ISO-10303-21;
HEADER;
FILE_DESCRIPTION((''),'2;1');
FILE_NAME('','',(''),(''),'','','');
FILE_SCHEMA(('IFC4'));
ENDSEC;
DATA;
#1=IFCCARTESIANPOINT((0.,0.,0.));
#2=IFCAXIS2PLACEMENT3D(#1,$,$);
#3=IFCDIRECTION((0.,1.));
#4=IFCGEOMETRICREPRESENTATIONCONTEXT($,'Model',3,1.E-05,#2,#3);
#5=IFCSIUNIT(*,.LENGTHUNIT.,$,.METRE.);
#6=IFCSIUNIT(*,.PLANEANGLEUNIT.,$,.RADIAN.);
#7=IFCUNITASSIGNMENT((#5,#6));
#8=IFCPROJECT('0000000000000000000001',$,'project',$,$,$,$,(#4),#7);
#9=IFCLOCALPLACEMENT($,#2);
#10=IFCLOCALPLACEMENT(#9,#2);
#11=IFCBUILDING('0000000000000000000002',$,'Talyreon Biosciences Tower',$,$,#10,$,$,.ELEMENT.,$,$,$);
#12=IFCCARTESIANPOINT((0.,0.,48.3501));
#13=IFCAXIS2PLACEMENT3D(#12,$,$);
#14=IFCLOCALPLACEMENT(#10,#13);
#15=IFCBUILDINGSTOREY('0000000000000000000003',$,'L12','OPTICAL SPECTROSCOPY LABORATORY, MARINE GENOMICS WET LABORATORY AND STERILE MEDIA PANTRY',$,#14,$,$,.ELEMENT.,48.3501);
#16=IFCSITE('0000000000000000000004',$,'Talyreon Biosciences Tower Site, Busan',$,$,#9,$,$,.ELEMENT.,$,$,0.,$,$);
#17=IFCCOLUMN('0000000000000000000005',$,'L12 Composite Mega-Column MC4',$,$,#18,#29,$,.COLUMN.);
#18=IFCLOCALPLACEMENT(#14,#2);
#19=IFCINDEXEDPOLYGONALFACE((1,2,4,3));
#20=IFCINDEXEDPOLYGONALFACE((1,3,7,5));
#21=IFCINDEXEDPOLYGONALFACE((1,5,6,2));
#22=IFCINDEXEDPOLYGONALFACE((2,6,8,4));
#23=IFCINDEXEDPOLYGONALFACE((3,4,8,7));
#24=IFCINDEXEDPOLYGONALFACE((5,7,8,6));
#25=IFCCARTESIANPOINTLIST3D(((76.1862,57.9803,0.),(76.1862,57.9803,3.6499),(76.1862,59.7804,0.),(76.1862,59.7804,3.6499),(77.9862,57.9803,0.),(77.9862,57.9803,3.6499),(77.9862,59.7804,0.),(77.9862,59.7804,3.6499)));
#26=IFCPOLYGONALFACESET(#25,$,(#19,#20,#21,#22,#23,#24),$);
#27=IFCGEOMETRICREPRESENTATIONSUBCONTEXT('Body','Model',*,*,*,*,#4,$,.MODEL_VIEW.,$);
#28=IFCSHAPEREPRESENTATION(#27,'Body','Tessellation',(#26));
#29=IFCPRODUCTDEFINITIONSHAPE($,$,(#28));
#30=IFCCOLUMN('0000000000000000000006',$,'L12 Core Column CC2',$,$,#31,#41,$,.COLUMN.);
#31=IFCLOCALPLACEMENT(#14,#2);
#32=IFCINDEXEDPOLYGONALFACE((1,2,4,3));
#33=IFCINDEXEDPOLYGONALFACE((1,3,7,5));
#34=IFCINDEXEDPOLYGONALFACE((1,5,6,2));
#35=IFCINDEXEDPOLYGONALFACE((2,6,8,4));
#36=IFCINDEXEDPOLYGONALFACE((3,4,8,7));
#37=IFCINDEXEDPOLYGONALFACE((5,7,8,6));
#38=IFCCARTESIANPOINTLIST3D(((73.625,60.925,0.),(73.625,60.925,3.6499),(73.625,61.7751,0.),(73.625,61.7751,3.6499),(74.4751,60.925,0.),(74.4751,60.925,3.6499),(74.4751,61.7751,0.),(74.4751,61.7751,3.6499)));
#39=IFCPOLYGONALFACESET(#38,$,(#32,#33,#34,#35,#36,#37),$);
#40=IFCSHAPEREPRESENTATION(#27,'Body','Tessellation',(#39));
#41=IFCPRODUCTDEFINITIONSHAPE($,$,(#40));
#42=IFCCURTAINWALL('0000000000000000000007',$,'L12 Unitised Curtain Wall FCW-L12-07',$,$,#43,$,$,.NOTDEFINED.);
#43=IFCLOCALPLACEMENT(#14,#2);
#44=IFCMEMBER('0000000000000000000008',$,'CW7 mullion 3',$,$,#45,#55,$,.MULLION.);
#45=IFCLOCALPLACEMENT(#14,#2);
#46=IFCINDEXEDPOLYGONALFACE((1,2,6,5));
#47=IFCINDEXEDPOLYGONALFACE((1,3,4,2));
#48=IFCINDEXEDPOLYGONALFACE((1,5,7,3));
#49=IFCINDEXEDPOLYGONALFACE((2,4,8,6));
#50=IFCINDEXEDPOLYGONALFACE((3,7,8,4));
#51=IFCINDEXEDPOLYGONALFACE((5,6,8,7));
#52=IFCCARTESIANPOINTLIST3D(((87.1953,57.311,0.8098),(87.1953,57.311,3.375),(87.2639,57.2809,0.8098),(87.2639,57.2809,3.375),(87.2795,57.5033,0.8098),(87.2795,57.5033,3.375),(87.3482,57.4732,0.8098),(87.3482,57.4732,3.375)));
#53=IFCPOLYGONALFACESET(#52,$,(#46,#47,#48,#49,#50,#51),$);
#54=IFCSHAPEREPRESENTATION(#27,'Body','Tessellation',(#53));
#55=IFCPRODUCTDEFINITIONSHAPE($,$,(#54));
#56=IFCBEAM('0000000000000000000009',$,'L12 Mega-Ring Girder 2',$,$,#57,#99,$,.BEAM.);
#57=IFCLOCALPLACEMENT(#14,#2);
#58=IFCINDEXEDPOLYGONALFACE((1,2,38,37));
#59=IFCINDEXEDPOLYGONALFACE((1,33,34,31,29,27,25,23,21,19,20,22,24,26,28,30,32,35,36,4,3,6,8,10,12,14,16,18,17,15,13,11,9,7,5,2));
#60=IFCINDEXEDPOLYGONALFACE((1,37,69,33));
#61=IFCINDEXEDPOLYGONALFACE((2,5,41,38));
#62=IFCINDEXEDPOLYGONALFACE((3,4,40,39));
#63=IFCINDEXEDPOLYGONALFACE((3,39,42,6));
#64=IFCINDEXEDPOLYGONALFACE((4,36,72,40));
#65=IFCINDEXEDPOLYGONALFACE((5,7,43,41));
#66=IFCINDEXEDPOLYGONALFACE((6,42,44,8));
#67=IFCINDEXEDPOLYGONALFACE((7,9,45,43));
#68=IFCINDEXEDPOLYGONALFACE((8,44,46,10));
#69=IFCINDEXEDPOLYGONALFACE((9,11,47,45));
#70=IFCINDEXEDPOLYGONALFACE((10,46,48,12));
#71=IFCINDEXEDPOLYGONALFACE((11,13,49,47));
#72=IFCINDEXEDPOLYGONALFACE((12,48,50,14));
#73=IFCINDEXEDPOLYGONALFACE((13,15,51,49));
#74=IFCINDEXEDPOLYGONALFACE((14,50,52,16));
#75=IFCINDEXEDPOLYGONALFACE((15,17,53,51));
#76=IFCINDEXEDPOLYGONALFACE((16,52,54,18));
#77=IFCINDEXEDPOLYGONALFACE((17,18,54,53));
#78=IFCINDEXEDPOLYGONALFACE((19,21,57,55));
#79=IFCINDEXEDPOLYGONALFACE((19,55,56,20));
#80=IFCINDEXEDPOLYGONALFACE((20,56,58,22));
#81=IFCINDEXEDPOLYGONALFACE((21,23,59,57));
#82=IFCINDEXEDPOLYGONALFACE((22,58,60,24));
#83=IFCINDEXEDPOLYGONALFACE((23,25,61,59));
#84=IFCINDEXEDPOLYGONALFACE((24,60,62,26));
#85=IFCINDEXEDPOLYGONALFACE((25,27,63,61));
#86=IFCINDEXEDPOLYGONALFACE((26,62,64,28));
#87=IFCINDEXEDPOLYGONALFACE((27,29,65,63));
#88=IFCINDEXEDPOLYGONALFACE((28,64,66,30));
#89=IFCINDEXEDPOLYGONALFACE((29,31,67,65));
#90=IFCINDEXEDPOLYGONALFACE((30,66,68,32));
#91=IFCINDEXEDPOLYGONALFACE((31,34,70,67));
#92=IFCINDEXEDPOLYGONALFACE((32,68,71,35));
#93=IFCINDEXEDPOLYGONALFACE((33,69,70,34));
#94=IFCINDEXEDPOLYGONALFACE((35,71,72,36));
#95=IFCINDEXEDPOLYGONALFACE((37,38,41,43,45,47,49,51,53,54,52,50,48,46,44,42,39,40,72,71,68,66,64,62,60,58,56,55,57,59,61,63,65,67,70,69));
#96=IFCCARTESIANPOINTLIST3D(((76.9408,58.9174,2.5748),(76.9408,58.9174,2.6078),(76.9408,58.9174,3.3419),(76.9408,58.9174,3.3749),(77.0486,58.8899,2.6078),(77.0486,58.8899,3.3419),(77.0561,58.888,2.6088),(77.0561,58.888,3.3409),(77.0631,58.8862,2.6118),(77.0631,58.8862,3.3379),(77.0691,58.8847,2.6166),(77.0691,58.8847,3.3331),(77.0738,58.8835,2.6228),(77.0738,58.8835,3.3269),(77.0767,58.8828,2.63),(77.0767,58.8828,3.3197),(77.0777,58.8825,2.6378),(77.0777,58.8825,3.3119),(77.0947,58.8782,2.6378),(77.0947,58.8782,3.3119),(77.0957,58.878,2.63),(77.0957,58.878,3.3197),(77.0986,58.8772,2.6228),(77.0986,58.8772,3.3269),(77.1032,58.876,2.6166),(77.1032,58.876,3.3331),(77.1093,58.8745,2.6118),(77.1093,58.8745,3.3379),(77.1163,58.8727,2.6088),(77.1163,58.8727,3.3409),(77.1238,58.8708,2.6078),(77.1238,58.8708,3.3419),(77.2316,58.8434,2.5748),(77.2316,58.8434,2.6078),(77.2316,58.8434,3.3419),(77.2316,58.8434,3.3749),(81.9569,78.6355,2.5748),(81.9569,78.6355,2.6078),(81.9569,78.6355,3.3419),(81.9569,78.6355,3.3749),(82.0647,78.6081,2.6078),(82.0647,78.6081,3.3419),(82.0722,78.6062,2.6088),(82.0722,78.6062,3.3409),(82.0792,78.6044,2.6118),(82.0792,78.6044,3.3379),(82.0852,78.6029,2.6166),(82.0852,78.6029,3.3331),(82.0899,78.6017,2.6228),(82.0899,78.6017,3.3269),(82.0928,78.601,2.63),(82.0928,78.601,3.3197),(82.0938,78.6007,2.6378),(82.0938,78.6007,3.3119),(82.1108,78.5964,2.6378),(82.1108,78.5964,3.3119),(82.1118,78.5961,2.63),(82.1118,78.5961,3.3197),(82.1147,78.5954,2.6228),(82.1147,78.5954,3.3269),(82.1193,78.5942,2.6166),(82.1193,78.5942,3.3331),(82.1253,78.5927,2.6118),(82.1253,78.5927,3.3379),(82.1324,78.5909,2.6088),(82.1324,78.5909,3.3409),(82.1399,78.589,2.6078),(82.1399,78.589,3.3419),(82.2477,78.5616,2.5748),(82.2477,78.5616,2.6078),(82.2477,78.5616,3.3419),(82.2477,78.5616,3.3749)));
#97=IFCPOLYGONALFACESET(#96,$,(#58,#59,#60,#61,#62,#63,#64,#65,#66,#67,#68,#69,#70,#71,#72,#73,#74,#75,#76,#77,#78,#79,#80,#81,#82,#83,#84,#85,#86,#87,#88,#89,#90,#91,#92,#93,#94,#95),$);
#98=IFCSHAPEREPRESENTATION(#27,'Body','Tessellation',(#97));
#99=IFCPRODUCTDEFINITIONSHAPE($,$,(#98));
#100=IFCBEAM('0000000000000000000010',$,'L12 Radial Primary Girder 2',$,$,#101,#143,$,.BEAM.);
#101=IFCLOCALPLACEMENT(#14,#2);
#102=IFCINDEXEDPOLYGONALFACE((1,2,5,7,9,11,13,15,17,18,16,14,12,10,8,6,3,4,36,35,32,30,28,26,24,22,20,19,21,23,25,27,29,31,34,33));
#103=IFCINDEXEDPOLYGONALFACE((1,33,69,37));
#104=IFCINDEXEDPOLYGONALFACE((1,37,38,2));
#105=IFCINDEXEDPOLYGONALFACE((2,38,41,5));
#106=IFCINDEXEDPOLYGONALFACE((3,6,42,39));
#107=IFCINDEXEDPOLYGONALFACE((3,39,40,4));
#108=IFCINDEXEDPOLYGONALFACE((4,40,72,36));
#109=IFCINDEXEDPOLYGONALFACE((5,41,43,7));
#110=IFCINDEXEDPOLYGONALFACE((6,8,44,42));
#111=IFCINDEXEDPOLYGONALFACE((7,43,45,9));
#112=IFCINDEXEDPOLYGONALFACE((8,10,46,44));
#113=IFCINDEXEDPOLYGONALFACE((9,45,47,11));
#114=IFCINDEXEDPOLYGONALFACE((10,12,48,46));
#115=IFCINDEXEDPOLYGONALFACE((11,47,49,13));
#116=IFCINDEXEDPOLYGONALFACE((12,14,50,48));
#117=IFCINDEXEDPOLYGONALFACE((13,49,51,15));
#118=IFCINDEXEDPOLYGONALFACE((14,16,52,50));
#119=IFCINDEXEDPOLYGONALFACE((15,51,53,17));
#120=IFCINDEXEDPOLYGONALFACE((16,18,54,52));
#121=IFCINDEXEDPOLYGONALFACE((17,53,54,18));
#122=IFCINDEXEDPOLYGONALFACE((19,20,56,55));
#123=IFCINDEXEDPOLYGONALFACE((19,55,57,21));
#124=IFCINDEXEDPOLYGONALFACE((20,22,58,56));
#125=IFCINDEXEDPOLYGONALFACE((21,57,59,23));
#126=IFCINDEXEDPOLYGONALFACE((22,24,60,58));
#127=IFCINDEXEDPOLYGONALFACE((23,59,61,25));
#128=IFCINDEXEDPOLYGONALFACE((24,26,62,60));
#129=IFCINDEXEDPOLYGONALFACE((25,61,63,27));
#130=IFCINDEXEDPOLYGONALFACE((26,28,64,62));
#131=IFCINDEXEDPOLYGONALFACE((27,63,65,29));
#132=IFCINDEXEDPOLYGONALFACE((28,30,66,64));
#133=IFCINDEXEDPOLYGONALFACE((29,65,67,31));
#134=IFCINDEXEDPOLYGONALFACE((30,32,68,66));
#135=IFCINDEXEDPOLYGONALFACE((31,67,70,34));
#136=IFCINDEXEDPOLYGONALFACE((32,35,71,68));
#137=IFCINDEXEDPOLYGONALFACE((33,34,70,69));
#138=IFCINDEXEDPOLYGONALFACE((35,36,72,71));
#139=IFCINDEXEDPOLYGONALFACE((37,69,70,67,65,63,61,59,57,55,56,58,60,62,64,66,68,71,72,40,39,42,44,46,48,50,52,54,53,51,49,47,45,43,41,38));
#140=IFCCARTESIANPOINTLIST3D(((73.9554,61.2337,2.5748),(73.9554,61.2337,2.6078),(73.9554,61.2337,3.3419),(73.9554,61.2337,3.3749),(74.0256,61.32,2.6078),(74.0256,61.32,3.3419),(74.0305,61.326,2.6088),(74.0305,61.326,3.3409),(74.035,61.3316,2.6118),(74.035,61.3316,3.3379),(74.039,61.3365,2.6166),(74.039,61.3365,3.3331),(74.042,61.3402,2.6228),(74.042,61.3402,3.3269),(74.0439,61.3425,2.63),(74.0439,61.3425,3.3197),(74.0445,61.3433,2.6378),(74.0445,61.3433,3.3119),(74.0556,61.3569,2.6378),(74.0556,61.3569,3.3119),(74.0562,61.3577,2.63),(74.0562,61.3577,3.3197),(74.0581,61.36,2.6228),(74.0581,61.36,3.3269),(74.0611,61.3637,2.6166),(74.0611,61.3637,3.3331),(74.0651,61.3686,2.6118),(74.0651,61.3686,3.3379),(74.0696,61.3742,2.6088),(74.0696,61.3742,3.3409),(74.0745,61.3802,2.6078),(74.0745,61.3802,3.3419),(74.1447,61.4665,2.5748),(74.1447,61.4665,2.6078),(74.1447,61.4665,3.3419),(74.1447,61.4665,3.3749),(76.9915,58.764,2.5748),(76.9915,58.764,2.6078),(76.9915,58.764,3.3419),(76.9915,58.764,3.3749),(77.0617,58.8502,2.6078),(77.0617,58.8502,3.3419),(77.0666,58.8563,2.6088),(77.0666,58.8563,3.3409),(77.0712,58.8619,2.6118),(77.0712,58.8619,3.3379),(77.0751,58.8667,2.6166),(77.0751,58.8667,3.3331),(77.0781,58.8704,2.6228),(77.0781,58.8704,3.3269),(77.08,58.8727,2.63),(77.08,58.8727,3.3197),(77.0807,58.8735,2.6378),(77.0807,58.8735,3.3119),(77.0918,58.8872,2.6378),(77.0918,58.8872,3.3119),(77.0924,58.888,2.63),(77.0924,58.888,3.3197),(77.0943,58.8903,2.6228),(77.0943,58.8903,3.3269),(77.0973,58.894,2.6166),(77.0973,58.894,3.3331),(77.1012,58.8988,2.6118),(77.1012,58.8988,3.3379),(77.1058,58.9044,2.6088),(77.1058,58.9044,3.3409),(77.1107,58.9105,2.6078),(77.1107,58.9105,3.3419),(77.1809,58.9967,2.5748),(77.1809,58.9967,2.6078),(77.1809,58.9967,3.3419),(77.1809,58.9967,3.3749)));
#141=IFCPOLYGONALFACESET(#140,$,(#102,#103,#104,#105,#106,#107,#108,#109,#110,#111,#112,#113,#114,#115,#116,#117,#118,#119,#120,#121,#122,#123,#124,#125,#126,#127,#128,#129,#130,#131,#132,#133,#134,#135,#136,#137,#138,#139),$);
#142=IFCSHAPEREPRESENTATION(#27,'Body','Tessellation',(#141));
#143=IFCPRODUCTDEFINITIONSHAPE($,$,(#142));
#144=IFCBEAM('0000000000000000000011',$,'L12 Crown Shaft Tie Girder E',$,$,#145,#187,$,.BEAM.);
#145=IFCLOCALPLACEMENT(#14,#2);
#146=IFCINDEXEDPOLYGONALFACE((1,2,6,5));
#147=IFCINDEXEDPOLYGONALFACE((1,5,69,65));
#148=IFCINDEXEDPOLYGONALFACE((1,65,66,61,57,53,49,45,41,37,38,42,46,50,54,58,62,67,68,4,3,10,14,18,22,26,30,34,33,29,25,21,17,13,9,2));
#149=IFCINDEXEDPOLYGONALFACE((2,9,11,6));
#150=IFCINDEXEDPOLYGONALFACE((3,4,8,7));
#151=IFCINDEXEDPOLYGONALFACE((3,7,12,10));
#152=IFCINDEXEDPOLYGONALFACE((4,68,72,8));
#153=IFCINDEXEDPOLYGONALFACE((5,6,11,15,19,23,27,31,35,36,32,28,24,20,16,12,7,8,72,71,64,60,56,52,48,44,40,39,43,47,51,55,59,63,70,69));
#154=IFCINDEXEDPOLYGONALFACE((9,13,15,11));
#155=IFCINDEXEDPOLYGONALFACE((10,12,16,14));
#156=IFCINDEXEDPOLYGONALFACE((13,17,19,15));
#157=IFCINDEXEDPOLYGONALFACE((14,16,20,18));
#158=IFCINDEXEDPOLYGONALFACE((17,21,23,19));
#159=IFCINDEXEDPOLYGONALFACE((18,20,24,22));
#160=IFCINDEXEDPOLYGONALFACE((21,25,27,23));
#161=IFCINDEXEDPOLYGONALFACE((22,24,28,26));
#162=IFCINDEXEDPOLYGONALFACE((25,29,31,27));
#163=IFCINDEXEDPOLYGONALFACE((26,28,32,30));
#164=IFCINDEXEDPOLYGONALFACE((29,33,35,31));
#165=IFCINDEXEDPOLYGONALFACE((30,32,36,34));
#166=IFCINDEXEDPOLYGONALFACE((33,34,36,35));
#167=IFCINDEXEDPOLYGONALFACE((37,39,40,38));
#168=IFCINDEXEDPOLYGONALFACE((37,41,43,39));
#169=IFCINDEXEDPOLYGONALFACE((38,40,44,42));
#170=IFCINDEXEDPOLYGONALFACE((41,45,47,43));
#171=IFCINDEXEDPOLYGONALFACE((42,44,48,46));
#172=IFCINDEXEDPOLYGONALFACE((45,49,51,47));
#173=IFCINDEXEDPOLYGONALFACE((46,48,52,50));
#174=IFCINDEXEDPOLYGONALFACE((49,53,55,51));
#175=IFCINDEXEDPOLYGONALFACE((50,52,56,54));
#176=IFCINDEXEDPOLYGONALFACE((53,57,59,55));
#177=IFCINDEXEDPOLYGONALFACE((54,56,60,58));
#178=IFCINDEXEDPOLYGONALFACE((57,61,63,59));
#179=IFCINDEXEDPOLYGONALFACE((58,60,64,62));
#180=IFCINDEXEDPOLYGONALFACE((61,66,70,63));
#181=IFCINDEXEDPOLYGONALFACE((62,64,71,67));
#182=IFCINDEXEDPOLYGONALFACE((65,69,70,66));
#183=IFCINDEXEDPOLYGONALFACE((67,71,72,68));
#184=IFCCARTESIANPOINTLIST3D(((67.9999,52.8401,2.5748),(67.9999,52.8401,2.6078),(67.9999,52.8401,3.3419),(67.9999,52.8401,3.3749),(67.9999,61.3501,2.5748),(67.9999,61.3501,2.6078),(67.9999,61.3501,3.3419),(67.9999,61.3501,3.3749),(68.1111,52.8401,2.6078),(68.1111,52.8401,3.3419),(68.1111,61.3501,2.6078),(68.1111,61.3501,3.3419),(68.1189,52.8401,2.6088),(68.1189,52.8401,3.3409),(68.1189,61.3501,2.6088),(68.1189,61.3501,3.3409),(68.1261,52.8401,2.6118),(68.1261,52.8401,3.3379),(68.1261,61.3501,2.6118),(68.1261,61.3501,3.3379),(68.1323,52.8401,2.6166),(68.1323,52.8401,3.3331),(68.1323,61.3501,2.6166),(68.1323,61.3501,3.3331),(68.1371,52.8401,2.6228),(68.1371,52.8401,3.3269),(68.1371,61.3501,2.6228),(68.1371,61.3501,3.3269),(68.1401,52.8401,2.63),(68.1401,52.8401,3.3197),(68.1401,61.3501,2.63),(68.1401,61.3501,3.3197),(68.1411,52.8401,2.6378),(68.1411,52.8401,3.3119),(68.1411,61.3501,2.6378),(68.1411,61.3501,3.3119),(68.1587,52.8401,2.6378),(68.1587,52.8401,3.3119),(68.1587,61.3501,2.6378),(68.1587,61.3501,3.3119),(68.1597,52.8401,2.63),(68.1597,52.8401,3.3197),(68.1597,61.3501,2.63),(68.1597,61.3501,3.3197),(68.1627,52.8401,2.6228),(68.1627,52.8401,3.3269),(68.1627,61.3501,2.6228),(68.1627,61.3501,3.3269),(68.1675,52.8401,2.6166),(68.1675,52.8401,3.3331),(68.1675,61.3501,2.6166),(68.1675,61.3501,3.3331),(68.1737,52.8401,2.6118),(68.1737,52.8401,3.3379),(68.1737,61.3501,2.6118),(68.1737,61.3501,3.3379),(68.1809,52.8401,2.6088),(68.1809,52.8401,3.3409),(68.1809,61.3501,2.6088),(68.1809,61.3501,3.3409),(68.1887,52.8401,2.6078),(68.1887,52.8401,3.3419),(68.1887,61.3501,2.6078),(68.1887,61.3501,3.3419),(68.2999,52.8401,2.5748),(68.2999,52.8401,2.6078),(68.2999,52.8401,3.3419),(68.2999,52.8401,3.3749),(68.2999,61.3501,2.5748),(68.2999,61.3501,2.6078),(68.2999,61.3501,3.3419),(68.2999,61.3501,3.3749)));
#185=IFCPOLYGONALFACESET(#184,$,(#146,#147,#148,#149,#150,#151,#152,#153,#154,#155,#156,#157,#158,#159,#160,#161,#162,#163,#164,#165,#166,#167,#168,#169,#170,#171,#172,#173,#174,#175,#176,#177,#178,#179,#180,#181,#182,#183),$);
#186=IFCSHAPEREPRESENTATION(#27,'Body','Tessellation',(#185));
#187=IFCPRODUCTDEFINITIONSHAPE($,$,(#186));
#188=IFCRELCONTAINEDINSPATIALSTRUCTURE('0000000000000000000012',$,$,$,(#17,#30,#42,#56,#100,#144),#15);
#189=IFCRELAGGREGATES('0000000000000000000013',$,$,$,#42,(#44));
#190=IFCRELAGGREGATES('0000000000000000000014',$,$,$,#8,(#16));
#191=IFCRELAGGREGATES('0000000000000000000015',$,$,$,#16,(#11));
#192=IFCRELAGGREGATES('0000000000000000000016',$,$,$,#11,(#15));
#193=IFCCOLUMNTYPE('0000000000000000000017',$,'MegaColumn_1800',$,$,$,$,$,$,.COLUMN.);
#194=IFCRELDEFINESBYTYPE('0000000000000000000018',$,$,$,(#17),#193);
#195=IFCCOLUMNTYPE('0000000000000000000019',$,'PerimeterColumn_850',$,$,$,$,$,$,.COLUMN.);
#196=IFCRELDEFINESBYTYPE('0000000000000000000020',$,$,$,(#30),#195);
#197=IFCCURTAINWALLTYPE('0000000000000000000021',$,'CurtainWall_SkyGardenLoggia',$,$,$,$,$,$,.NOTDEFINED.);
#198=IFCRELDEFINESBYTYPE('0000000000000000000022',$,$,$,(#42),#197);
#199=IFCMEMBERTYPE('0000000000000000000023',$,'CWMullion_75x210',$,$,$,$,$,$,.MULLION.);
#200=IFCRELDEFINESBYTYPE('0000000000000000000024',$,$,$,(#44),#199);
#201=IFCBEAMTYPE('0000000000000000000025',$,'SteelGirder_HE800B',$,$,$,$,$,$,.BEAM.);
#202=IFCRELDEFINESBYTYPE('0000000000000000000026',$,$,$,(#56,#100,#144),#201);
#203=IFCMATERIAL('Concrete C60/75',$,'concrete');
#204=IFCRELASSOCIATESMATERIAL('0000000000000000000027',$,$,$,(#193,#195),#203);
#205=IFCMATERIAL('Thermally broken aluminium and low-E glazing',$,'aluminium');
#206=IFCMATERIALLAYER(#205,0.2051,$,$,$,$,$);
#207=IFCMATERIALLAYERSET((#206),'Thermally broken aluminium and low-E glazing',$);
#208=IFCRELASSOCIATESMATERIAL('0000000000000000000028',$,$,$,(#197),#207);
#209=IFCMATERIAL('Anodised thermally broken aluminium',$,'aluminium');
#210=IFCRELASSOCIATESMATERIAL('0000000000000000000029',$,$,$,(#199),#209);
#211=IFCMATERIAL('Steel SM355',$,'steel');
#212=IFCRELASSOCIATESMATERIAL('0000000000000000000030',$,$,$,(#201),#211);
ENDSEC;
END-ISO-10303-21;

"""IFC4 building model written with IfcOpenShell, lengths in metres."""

from ifc_helpers import new_model, si_unit, direction, frame, origin, origin_2d, place, context, subcontext, project, spatial, rectangle, i_section, extrude, material, layer, layer_set, material_profile, profile_set, type_object, element, aggregate, save


model = new_model("IFC4")

# Units and contexts
model_context = context("Model", 3, precision=1e-05, world=origin(), true_north=direction((0.0, 1.0)))
body_context = subcontext(model_context, "Body", "Model", "MODEL_VIEW")
ifc_project = project(units=[si_unit("LENGTHUNIT", "METRE"), si_unit("PLANEANGLEUNIT", "RADIAN")], contexts=[model_context])

# Site, building, storey
site_placement = place(None, origin())
site = spatial("IfcSite", under=ifc_project, at=site_placement, Name="Talyreon Biosciences Tower Site, Busan", CompositionType="ELEMENT", RefElevation=0.0)
building_placement = place(site_placement, origin())
building = spatial("IfcBuilding", under=site, at=building_placement, Name="Talyreon Biosciences Tower", CompositionType="ELEMENT")
storey_placement = place(building_placement, frame((0.0, 0.0, 48.3501)))
storey = spatial("IfcBuildingStorey", under=building, at=storey_placement, Name="L12", Description="OPTICAL SPECTROSCOPY LABORATORY, MARINE GENOMICS WET LABORATORY AND STERILE MEDIA PANTRY", CompositionType="ELEMENT", Elevation=48.3501)

# Columns
ifc_material_1 = material(Name="Concrete C60/75", Category="concrete")
ifc_material_profile_1 = material_profile(ifc_material_1, rectangle(XDim=1.8, YDim=1.8, at=origin_2d()), Name="RC 1800x1800")
ifc_profile_set_1 = profile_set([ifc_material_profile_1], Name="Concrete C60/75")
column_type_1 = type_object("IfcColumnType", Name="MegaColumn_1800", PredefinedType="COLUMN", material=ifc_profile_set_1)
column_1_placement = place(storey_placement, frame((77.0862, 58.8804, 0.0), z_axis=(0.0, 0.0, 1.0), x_axis=(1.0, 0.0, 0.0)))
element("IfcColumn", 1, at=column_1_placement, inside=storey, type_object=column_type_1, Name="L12 Composite Mega-Column MC4", PredefinedType="COLUMN", context=body_context, shape_type="SweptSolid", body=[
    extrude(rectangle(XDim=1.8, YDim=1.8, at=origin_2d()), origin(), (0.0, 0.0, 1.0), 3.6499),
])
ifc_material_profile_2 = material_profile(ifc_material_1, rectangle(XDim=0.8501, YDim=0.8501, at=origin_2d()), Name="RC 850x850")
ifc_profile_set_2 = profile_set([ifc_material_profile_2], Name="Concrete C60/75")
column_type_2 = type_object("IfcColumnType", Name="PerimeterColumn_850", PredefinedType="COLUMN", material=ifc_profile_set_2)
column_2_placement = place(storey_placement, frame((74.05, 61.3501, 0.0), z_axis=(0.0, 0.0, 1.0), x_axis=(1.0, 0.0, 0.0)))
element("IfcColumn", 2, at=column_2_placement, inside=storey, type_object=column_type_2, Name="L12 Core Column CC2", PredefinedType="COLUMN", context=body_context, shape_type="SweptSolid", body=[
    extrude(rectangle(XDim=0.8501, YDim=0.8501, at=origin_2d()), origin(), (0.0, 0.0, 1.0), 3.6499),
])

# Curtain wall, member
ifc_material_2 = material(Name="Thermally broken aluminium and low-E glazing", Category="aluminium")
ifc_layer_1 = layer(ifc_material_2, 0.2051)
ifc_layer_set_1 = layer_set([ifc_layer_1], Name="Thermally broken aluminium and low-E glazing")
curtain_wall_type = type_object("IfcCurtainWallType", Name="CurtainWall_SkyGardenLoggia", PredefinedType="NOTDEFINED", material=ifc_layer_set_1)
curtain_wall_placement = place(storey_placement, origin())
curtain_wall = element("IfcCurtainWall", 3, at=curtain_wall_placement, inside=storey, type_object=curtain_wall_type, Name="L12 Unitised Curtain Wall FCW-L12-07", PredefinedType="NOTDEFINED")
ifc_material_3 = material(Name="Anodised thermally broken aluminium", Category="aluminium")
ifc_material_profile_3 = material_profile(ifc_material_3, rectangle(XDim=0.075, YDim=0.21, at=origin_2d()), Name="ALUM MULLION 75x210")
ifc_profile_set_3 = profile_set([ifc_material_profile_3], Name="Anodised thermally broken aluminium")
member_type = type_object("IfcMemberType", Name="CWMullion_75x210", PredefinedType="MULLION", material=ifc_profile_set_3)
member_placement = place(storey_placement, frame((87.2717, 57.3921, 0.8098), z_axis=(0.0, 0.0, 1.0), x_axis=(0.916035, -0.401098, 0.0)))
member = element("IfcMember", 4, at=member_placement, type_object=member_type, Name="CW7 mullion 3", PredefinedType="MULLION", context=body_context, shape_type="SweptSolid", body=[
    extrude(rectangle(XDim=0.075, YDim=0.21, at=origin_2d()), origin(), (0.0, 0.0, 1.0), 2.5652),
])

# Beams
ifc_material_4 = material(Name="Steel SM355", Category="steel")
ifc_material_profile_4 = material_profile(ifc_material_4, i_section(OverallWidth=0.3, OverallDepth=0.8, WebThickness=0.0176, FlangeThickness=0.033, FilletRadius=0.03, at=origin_2d()), Name="HE800B")
ifc_profile_set_4 = profile_set([ifc_material_profile_4], Name="Steel SM355")
beam_type_1 = type_object("IfcBeamType", Name="SteelGirder_HE800B", PredefinedType="BEAM", material=ifc_profile_set_4)
beam_1_placement = place(storey_placement, frame((77.0862, 58.8804, 2.9749), z_axis=(0.246537, 0.969133, 0.0), x_axis=(-0.969133, 0.246537, 0.0)))
element("IfcBeam", 5, at=beam_1_placement, inside=storey, type_object=beam_type_1, Name="L12 Mega-Ring Girder 2", PredefinedType="BEAM", context=body_context, shape_type="SweptSolid", body=[
    extrude(i_section(OverallWidth=0.3, OverallDepth=0.8, WebThickness=0.0176, FlangeThickness=0.033, FilletRadius=0.03, at=origin_2d()), origin(), (0.0, 0.0, 1.0), 20.3462),
])
beam_2_placement = place(storey_placement, frame((74.05, 61.3501, 2.9749), z_axis=(0.775755, -0.631034, 0.0), x_axis=(0.631034, 0.775755, 0.0)))
element("IfcBeam", 6, at=beam_2_placement, inside=storey, type_object=beam_type_1, Name="L12 Radial Primary Girder 2", PredefinedType="BEAM", context=body_context, shape_type="SweptSolid", body=[
    extrude(i_section(OverallWidth=0.3, OverallDepth=0.8, WebThickness=0.0176, FlangeThickness=0.033, FilletRadius=0.03, at=origin_2d()), origin(), (0.0, 0.0, 1.0), 3.9138),
])
beam_3_placement = place(storey_placement, frame((68.1499, 52.8401, 2.9749), z_axis=(0.0, 1.0, 0.0), x_axis=(-1.0, 0.0, 0.0)))
element("IfcBeam", 7, at=beam_3_placement, inside=storey, type_object=beam_type_1, Name="L12 Crown Shaft Tie Girder E", PredefinedType="BEAM", context=body_context, shape_type="SweptSolid", body=[
    extrude(i_section(OverallWidth=0.3, OverallDepth=0.8, WebThickness=0.0176, FlangeThickness=0.033, FilletRadius=0.03, at=origin_2d()), origin(), (0.0, 0.0, 1.0), 8.51),
])

aggregate(curtain_wall, [member])

save(model, "model.ifc")
